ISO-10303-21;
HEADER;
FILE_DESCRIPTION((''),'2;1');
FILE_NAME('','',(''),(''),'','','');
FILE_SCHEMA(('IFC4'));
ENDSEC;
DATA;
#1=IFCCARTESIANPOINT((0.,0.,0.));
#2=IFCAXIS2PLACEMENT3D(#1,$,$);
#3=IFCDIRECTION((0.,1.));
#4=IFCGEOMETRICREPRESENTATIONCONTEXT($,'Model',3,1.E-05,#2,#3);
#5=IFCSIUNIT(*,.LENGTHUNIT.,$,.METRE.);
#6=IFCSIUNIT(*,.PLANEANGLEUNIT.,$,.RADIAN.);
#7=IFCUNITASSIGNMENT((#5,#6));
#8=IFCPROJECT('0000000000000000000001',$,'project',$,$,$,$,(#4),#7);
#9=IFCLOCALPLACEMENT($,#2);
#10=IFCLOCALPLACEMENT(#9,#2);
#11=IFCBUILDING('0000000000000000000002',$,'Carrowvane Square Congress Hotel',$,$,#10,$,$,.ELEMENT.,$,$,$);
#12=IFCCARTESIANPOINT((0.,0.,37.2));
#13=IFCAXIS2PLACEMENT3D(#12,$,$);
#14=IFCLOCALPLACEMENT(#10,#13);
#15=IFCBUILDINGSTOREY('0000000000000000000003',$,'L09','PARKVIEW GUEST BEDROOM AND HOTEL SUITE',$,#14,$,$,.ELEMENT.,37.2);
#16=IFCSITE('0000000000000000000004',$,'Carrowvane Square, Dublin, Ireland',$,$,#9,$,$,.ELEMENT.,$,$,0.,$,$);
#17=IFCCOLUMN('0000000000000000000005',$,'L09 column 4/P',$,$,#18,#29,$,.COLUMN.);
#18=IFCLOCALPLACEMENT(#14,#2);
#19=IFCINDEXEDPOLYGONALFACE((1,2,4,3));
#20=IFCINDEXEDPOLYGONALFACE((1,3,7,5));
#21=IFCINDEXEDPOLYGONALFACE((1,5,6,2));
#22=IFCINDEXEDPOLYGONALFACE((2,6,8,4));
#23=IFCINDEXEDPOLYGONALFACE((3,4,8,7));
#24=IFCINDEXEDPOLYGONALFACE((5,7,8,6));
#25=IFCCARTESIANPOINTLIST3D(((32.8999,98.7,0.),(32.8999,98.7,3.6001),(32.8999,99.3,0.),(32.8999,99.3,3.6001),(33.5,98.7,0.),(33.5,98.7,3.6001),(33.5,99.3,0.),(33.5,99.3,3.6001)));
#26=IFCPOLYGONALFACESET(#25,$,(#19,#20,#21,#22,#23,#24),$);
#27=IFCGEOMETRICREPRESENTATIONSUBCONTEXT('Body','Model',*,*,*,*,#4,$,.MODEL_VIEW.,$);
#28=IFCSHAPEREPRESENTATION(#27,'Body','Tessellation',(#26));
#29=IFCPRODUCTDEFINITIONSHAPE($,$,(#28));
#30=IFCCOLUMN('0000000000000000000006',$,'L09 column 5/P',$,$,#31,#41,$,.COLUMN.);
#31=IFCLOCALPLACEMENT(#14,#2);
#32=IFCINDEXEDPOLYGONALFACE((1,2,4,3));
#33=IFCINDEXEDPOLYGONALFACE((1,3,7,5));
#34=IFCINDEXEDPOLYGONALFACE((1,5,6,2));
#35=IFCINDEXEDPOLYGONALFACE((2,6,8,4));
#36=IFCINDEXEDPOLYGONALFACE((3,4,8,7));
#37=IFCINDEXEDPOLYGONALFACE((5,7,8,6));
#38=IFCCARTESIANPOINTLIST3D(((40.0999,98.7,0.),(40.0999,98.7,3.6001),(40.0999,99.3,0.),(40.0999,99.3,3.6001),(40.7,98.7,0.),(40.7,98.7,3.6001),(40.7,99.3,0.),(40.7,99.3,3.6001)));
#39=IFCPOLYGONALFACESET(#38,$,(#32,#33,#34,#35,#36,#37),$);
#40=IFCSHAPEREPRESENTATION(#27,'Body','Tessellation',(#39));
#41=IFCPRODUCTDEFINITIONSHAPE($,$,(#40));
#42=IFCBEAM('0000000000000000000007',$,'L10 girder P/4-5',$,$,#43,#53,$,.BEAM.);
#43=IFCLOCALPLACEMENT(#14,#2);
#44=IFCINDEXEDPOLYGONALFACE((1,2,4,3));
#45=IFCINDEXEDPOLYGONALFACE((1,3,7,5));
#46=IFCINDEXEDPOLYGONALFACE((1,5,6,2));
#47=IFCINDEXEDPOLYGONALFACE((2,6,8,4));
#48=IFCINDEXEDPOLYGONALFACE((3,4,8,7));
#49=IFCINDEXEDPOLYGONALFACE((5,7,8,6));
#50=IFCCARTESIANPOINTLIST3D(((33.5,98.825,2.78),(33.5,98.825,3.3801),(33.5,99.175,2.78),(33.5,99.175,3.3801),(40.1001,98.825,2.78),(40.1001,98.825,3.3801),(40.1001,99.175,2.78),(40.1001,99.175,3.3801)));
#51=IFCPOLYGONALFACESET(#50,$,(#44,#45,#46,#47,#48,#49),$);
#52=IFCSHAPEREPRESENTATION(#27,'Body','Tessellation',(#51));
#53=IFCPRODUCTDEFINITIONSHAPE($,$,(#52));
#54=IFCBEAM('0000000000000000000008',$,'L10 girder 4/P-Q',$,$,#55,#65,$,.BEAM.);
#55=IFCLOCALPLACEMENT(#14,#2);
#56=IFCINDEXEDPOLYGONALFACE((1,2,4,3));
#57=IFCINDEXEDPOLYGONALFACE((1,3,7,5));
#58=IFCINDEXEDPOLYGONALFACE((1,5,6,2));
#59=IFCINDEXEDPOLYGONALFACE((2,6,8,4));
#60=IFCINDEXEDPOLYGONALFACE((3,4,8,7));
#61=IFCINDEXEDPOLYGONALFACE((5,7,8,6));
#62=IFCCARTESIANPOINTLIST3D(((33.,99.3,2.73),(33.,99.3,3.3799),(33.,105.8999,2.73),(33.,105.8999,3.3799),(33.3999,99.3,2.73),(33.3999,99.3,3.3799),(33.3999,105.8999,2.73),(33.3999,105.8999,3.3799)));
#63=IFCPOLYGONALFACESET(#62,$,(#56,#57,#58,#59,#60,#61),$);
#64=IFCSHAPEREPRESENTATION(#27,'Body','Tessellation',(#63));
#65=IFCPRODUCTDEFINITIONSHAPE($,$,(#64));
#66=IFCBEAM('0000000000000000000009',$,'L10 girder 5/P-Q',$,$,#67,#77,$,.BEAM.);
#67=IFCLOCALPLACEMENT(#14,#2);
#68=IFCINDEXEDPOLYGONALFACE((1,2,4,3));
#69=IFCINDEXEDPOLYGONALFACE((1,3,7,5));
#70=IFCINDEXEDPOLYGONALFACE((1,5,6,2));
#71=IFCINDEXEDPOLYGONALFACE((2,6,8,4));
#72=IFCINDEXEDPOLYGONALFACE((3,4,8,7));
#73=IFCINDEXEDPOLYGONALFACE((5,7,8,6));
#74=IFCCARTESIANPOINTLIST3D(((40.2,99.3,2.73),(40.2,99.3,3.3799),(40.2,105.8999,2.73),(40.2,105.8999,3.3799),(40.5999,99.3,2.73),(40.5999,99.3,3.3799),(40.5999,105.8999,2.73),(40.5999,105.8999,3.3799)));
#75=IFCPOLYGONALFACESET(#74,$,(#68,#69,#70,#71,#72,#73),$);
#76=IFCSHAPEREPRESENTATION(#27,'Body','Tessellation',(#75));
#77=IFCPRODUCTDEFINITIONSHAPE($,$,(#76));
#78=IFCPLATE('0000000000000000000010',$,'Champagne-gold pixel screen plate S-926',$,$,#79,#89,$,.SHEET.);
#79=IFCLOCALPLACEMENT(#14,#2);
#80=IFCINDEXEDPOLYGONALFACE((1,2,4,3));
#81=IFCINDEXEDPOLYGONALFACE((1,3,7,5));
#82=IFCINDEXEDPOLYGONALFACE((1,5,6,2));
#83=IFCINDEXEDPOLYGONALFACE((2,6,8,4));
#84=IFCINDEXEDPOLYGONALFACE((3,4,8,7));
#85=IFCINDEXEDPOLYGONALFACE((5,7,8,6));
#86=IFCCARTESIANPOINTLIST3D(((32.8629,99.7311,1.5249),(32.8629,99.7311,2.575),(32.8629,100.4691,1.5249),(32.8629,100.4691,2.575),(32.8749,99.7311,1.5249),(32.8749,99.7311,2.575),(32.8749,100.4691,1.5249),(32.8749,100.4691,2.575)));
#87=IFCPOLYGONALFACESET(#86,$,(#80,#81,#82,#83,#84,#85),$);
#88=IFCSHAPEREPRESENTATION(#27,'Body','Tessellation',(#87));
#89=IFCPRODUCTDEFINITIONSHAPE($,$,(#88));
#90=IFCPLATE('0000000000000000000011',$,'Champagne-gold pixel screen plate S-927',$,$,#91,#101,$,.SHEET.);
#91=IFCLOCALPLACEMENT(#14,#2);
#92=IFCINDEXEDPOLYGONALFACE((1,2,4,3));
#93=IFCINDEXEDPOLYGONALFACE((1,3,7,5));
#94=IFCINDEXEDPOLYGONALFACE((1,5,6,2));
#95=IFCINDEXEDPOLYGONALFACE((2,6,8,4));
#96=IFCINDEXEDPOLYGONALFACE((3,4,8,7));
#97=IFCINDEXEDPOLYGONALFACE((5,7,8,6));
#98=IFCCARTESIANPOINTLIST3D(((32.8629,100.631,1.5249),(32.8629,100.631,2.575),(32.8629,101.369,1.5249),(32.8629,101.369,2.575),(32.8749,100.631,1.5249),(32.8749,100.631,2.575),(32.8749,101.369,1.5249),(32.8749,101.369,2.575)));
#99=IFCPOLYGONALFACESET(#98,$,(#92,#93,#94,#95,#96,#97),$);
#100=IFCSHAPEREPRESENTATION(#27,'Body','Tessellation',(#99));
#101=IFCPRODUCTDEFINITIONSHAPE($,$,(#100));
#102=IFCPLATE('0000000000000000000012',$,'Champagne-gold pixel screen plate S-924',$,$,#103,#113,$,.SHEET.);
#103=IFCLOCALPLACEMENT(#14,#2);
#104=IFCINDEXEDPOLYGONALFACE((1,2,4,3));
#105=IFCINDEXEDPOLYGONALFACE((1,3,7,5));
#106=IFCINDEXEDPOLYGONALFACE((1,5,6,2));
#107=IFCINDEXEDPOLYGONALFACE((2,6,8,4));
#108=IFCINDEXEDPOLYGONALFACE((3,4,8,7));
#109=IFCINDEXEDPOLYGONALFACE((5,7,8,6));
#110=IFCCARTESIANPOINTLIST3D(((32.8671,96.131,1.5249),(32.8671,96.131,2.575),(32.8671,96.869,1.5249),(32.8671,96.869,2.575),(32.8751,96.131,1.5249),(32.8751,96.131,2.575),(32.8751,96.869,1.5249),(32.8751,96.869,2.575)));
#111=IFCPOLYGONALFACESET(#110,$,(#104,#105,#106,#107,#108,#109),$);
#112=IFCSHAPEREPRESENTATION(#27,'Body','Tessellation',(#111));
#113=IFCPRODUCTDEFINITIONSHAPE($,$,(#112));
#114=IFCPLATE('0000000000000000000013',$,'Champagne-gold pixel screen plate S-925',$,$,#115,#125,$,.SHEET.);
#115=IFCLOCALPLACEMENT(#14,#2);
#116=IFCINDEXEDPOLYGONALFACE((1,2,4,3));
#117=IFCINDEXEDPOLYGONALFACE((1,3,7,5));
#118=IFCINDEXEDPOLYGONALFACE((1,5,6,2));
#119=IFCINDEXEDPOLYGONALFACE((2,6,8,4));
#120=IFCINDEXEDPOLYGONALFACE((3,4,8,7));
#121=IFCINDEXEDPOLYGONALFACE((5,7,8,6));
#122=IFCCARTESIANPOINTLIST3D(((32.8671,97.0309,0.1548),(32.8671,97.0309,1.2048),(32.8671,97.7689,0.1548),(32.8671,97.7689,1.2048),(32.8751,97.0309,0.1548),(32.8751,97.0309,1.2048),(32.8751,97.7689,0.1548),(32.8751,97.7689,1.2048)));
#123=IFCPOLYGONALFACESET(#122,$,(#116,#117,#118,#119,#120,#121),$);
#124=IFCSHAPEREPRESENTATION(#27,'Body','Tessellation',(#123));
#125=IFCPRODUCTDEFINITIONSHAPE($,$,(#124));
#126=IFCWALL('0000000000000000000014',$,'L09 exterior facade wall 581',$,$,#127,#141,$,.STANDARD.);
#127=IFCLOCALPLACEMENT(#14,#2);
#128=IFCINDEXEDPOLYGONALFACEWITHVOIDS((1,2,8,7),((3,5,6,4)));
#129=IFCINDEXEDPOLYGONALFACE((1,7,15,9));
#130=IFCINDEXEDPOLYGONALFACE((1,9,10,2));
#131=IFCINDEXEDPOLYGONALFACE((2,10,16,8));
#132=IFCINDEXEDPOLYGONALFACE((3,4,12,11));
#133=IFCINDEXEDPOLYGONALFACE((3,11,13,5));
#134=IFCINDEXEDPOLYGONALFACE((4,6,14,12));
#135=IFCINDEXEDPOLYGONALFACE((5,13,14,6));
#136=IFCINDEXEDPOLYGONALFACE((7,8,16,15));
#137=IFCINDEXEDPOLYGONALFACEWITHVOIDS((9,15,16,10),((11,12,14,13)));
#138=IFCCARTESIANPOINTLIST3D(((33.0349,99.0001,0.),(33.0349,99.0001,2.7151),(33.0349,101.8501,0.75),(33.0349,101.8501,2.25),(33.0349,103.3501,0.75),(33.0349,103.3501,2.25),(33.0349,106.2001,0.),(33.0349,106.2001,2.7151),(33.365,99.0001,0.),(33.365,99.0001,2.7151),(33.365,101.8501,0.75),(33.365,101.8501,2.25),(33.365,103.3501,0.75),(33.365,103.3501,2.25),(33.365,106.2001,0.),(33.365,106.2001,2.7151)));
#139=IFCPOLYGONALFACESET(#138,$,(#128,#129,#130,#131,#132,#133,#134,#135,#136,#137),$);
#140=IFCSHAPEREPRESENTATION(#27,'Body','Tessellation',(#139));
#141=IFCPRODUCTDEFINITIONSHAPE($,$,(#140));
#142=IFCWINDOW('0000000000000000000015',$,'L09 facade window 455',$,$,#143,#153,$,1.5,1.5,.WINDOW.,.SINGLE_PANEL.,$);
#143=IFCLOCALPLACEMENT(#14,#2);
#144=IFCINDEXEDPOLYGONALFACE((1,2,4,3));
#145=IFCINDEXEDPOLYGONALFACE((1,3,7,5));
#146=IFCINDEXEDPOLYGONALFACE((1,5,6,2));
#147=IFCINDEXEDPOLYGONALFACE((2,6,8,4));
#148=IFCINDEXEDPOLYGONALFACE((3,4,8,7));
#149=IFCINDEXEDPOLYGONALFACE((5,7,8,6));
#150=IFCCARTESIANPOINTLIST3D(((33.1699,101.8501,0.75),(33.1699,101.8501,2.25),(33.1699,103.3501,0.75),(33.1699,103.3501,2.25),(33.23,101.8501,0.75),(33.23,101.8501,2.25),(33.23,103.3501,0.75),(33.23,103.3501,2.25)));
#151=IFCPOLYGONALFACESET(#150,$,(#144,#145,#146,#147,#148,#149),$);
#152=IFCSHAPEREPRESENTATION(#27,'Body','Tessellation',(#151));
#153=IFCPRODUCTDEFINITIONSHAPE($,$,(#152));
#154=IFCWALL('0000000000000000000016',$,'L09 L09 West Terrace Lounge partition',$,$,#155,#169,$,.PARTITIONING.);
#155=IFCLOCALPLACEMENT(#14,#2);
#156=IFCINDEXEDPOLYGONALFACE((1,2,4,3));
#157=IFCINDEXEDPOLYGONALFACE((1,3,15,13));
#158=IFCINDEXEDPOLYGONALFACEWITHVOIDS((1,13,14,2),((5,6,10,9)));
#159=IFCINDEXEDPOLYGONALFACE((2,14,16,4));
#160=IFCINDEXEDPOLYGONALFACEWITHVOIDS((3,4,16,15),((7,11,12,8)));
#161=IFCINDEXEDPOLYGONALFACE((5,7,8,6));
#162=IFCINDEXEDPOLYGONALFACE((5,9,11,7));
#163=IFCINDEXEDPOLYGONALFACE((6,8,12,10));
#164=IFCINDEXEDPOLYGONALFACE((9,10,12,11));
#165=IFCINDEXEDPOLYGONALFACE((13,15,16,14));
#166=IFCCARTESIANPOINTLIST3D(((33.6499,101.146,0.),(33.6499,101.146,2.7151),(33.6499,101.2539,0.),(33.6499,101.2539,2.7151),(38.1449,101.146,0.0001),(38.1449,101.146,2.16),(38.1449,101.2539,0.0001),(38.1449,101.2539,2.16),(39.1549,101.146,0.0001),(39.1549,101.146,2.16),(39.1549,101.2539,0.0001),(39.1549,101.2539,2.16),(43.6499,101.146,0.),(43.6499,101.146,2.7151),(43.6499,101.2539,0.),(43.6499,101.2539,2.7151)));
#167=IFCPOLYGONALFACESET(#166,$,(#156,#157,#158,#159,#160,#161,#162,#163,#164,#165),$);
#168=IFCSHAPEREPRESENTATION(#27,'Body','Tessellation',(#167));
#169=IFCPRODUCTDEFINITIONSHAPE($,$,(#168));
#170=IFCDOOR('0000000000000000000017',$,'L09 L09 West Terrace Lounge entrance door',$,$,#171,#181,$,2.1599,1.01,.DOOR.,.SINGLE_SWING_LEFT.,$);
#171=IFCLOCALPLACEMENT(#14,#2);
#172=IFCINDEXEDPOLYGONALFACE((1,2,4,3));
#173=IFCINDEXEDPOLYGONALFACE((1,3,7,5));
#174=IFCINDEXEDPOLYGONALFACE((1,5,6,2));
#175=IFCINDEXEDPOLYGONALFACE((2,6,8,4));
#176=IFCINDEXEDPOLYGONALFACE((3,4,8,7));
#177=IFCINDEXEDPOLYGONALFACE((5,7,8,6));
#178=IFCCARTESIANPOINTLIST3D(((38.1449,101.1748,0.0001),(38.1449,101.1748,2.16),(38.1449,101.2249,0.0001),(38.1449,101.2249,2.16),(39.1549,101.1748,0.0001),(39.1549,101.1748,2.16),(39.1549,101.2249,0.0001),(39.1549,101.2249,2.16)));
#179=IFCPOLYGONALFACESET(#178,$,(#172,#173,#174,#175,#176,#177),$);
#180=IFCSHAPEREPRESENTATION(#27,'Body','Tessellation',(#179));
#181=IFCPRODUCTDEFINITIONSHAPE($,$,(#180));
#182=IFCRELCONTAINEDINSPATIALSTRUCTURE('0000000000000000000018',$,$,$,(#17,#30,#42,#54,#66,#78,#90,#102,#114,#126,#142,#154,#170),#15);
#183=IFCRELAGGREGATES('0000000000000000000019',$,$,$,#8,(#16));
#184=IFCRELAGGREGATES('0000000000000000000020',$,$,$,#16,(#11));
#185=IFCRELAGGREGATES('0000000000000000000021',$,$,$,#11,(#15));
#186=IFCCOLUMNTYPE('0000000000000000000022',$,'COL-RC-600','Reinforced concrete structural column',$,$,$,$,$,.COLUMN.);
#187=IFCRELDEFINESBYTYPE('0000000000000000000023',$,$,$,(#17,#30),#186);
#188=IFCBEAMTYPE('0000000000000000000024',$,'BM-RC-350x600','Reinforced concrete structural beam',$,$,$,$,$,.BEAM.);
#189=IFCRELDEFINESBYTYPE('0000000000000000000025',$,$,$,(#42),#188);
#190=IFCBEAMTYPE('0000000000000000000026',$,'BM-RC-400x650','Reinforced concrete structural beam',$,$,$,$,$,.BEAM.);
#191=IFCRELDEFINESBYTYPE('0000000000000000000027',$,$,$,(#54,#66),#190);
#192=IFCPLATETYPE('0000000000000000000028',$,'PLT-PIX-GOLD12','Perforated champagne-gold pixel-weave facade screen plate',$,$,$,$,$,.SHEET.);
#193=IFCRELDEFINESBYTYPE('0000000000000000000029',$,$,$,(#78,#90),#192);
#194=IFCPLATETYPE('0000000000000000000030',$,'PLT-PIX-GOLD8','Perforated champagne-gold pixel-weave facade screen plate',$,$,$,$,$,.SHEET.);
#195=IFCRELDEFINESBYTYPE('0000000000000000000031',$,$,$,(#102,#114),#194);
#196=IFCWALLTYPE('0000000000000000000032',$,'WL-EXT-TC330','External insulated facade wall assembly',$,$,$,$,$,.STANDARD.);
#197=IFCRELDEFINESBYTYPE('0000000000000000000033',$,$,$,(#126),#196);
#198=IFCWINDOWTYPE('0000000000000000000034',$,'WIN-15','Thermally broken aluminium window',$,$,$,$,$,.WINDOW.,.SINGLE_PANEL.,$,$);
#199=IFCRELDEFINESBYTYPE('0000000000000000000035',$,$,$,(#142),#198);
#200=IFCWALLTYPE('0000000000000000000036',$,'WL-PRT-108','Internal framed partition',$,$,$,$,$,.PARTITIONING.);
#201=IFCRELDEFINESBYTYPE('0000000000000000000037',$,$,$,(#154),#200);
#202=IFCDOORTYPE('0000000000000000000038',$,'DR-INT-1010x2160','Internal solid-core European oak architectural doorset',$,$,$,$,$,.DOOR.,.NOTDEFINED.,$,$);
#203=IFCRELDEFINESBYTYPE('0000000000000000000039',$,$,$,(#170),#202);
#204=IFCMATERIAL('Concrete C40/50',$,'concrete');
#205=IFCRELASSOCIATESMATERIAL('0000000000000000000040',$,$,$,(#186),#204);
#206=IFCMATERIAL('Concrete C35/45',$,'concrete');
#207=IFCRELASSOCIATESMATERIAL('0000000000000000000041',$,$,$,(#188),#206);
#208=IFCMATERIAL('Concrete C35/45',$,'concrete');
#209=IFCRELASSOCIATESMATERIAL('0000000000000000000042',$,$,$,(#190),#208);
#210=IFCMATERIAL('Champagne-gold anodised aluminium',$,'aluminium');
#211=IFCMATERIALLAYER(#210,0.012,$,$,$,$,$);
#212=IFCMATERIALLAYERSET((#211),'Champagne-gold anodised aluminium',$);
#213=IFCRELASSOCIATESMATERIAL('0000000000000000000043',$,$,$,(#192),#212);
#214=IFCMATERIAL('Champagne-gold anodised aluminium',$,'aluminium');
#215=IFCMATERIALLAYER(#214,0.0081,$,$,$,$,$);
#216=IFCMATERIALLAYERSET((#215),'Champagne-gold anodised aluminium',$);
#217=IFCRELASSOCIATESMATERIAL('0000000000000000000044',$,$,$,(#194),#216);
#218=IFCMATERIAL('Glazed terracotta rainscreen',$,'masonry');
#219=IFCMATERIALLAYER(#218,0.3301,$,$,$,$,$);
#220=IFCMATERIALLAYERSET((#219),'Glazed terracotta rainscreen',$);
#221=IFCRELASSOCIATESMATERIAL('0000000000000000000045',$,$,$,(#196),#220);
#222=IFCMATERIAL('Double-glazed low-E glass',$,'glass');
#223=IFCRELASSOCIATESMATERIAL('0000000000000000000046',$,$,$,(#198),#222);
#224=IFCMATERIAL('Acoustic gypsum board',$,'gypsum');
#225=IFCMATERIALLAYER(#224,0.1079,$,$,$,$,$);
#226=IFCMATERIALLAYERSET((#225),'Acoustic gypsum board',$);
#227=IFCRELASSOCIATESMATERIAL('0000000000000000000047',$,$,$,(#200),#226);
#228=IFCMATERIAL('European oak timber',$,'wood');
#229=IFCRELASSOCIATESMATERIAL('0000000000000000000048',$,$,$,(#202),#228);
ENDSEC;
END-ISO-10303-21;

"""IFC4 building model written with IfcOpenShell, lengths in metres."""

from ifc_helpers import new_model, si_unit, direction, frame, frame_2d, origin, origin_2d, place, context, subcontext, project, spatial, rectangle, extrude, material, layer, layer_set, material_profile, profile_set, type_object, element, fill, save


model = new_model("IFC4")

# Units and contexts
model_context = context("Model", 3, precision=1e-05, world=origin(), true_north=direction((0.0, 1.0)))
body_context = subcontext(model_context, "Body", "Model", "MODEL_VIEW")
ifc_project = project(units=[si_unit("LENGTHUNIT", "METRE"), si_unit("PLANEANGLEUNIT", "RADIAN")], contexts=[model_context])

# Site, building, storey
site_placement = place(None, origin())
site = spatial("IfcSite", under=ifc_project, at=site_placement, Name="Carrowvane Square, Dublin, Ireland", CompositionType="ELEMENT", RefElevation=0.0)
building_placement = place(site_placement, origin())
building = spatial("IfcBuilding", under=site, at=building_placement, Name="Carrowvane Square Congress Hotel", CompositionType="ELEMENT")
storey_placement = place(building_placement, frame((0.0, 0.0, 37.2)))
storey = spatial("IfcBuildingStorey", under=building, at=storey_placement, Name="L09", Description="PARKVIEW GUEST BEDROOM AND HOTEL SUITE", CompositionType="ELEMENT", Elevation=37.2)

# Columns
ifc_material_1 = material(Name="Concrete C40/50", Category="concrete")
ifc_material_profile_1 = material_profile(ifc_material_1, rectangle(XDim=0.6001, YDim=0.6001, at=origin_2d()), Name="RC 600x600")
ifc_profile_set_1 = profile_set([ifc_material_profile_1], Name="Concrete C40/50")
column_type = type_object("IfcColumnType", Name="COL-RC-600", Description="Reinforced concrete structural column", PredefinedType="COLUMN", material=ifc_profile_set_1)
for number, where, z_axis, x_axis, name in (
    (1, (33.2, 99.0, 0.0), (0.0, 0.0, 1.0), (1.0, 0.0, 0.0), "L09 column 4/P"),
    (2, (40.3999, 99.0, 0.0), (0.0, 0.0, 1.0), (1.0, 0.0, 0.0), "L09 column 5/P"),
):
    element("IfcColumn", number, at=place(storey_placement, frame(where, z_axis=z_axis, x_axis=x_axis)), inside=storey, type_object=column_type, Name=name, PredefinedType="COLUMN", context=body_context, shape_type="SweptSolid", body=[
        extrude(rectangle(XDim=0.6001, YDim=0.6001, at=origin_2d()), origin(), (0.0, 0.0, 1.0), 3.6001),
    ])

# Beams
ifc_material_2 = material(Name="Concrete C35/45", Category="concrete")
ifc_material_profile_2 = material_profile(ifc_material_2, rectangle(XDim=0.3501, YDim=0.6001, at=origin_2d()), Name="RC 350x600")
ifc_profile_set_2 = profile_set([ifc_material_profile_2], Name="Concrete C35/45")
beam_type_1 = type_object("IfcBeamType", Name="BM-RC-350x600", Description="Reinforced concrete structural beam", PredefinedType="BEAM", material=ifc_profile_set_2)
beam_placement = place(storey_placement, frame((33.5, 99.0, 3.0801), z_axis=(1.0, 0.0, 0.0), x_axis=(0.0, 1.0, 0.0)))
element("IfcBeam", 3, at=beam_placement, inside=storey, type_object=beam_type_1, Name="L10 girder P/4-5", PredefinedType="BEAM", context=body_context, shape_type="SweptSolid", body=[
    extrude(rectangle(XDim=0.3501, YDim=0.6001, at=origin_2d()), origin(), (0.0, 0.0, 1.0), 6.6001),
])
ifc_material_3 = material(Name="Concrete C35/45", Category="concrete")
ifc_material_profile_3 = material_profile(ifc_material_3, rectangle(XDim=0.3999, YDim=0.6499, at=origin_2d()), Name="RC 400x650")
ifc_profile_set_3 = profile_set([ifc_material_profile_3], Name="Concrete C35/45")
beam_type_2 = type_object("IfcBeamType", Name="BM-RC-400x650", Description="Reinforced concrete structural beam", PredefinedType="BEAM", material=ifc_profile_set_3)
for number, where, z_axis, x_axis, name in (
    (4, (33.2, 99.3, 3.0549), (0.0, 1.0, 0.0), (-1.0, 0.0, 0.0), "L10 girder 4/P-Q"),
    (5, (40.3999, 99.3, 3.0549), (0.0, 1.0, 0.0), (-1.0, 0.0, 0.0), "L10 girder 5/P-Q"),
):
    element("IfcBeam", number, at=place(storey_placement, frame(where, z_axis=z_axis, x_axis=x_axis)), inside=storey, type_object=beam_type_2, Name=name, PredefinedType="BEAM", context=body_context, shape_type="SweptSolid", body=[
        extrude(rectangle(XDim=0.3999, YDim=0.6499, at=origin_2d()), origin(), (0.0, 0.0, 1.0), 6.5999),
    ])

# Plates
ifc_material_4 = material(Name="Champagne-gold anodised aluminium", Category="aluminium")
ifc_layer_1 = layer(ifc_material_4, 0.012)
ifc_layer_set_1 = layer_set([ifc_layer_1], Name="Champagne-gold anodised aluminium")
plate_type_1 = type_object("IfcPlateType", Name="PLT-PIX-GOLD12", Description="Perforated champagne-gold pixel-weave facade screen plate", PredefinedType="SHEET", material=ifc_layer_set_1)
for number, where, z_axis, x_axis, name in (
    (6, (32.8689, 100.1001, 1.5249), (0.0, 0.0, 1.0), (0.0, 1.0, 0.0), "Champagne-gold pixel screen plate S-926"),
    (7, (32.8689, 101.0, 1.5249), (0.0, 0.0, 1.0), (0.0, 1.0, 0.0), "Champagne-gold pixel screen plate S-927"),
):
    element("IfcPlate", number, at=place(storey_placement, frame(where, z_axis=z_axis, x_axis=x_axis)), inside=storey, type_object=plate_type_1, Name=name, PredefinedType="SHEET", context=body_context, shape_type="SweptSolid", body=[
        extrude(rectangle(XDim=0.738, YDim=0.012, at=origin_2d()), origin(), (0.0, 0.0, 1.0), 1.05),
    ])
ifc_material_5 = material(Name="Champagne-gold anodised aluminium", Category="aluminium")
ifc_layer_2 = layer(ifc_material_5, 0.0081)
ifc_layer_set_2 = layer_set([ifc_layer_2], Name="Champagne-gold anodised aluminium")
plate_type_2 = type_object("IfcPlateType", Name="PLT-PIX-GOLD8", Description="Perforated champagne-gold pixel-weave facade screen plate", PredefinedType="SHEET", material=ifc_layer_set_2)
for number, where, z_axis, x_axis, name in (
    (8, (32.8711, 96.5, 1.5249), (0.0, 0.0, 1.0), (0.0, 1.0, 0.0), "Champagne-gold pixel screen plate S-924"),
    (9, (32.8711, 97.3999, 0.1548), (0.0, 0.0, 1.0), (0.0, 1.0, 0.0), "Champagne-gold pixel screen plate S-925"),
):
    element("IfcPlate", number, at=place(storey_placement, frame(where, z_axis=z_axis, x_axis=x_axis)), inside=storey, type_object=plate_type_2, Name=name, PredefinedType="SHEET", context=body_context, shape_type="SweptSolid", body=[
        extrude(rectangle(XDim=0.738, YDim=0.0081, at=origin_2d()), origin(), (0.0, 0.0, 1.0), 1.05),
    ])

# Wall, opening, window
ifc_material_6 = material(Name="Glazed terracotta rainscreen", Category="masonry")
ifc_layer_3 = layer(ifc_material_6, 0.3301)
ifc_layer_set_3 = layer_set([ifc_layer_3], Name="Glazed terracotta rainscreen")
wall_type_1 = type_object("IfcWallType", Name="WL-EXT-TC330", Description="External insulated facade wall assembly", PredefinedType="STANDARD", material=ifc_layer_set_3)
wall_1_placement = place(storey_placement, frame((33.2, 99.0, 0.0), z_axis=(0.0, 0.0, 1.0), x_axis=(0.0, 1.0, 0.0)))
wall_1 = element("IfcWall", 10, at=wall_1_placement, inside=storey, type_object=wall_type_1, Name="L09 exterior facade wall 581", PredefinedType="STANDARD", context=body_context, shape_type="SweptSolid", body=[
    extrude(rectangle(XDim=7.2, YDim=0.3301, at=frame_2d((3.6001, 0.0))), origin(), (0.0, 0.0, 1.0), 2.7151),
])
opening_1_placement = place(wall_1_placement, frame((2.8501, 0.0, 0.75)))
opening_1 = element("IfcOpeningElement", 11, at=opening_1_placement, cuts=wall_1, PredefinedType="OPENING", context=body_context, shape_type="SweptSolid", body=[
    extrude(rectangle(XDim=1.5, YDim=1.5, at=frame_2d((0.75, 0.75))), frame((0.0, 0.175, 0.0), z_axis=(0.0, -1.0, 0.0), x_axis=(1.0, 0.0, 0.0)), (0.0, 0.0, 1.0), 0.3501),
])
ifc_material_7 = material(Name="Double-glazed low-E glass", Category="glass")
window_type = type_object("IfcWindowType", Name="WIN-15", Description="Thermally broken aluminium window", PartitioningType="SINGLE_PANEL", PredefinedType="WINDOW", material=ifc_material_7)
window_placement = place(opening_1_placement, origin())
window = element("IfcWindow", 12, at=window_placement, inside=storey, type_object=window_type, Name="L09 facade window 455", OverallHeight=1.5, OverallWidth=1.5, PartitioningType="SINGLE_PANEL", PredefinedType="WINDOW", context=body_context, shape_type="SweptSolid", body=[
    extrude(rectangle(XDim=1.5, YDim=1.5, at=frame_2d((0.75, 0.75))), frame((0.0, 0.03, 0.0), z_axis=(0.0, -1.0, 0.0), x_axis=(1.0, 0.0, 0.0)), (0.0, 0.0, 1.0), 0.0601),
])
fill(opening_1, window)

# Wall, opening, door
ifc_material_8 = material(Name="Acoustic gypsum board", Category="gypsum")
ifc_layer_4 = layer(ifc_material_8, 0.1079)
ifc_layer_set_4 = layer_set([ifc_layer_4], Name="Acoustic gypsum board")
wall_type_2 = type_object("IfcWallType", Name="WL-PRT-108", Description="Internal framed partition", PredefinedType="PARTITIONING", material=ifc_layer_set_4)
wall_2_placement = place(storey_placement, frame((33.6499, 101.2, 0.0), z_axis=(0.0, 0.0, 1.0), x_axis=(1.0, 0.0, 0.0)))
wall_2 = element("IfcWall", 13, at=wall_2_placement, inside=storey, type_object=wall_type_2, Name="L09 L09 West Terrace Lounge partition", PredefinedType="PARTITIONING", context=body_context, shape_type="SweptSolid", body=[
    extrude(rectangle(XDim=10.0, YDim=0.1079, at=frame_2d((5.0, 0.0))), origin(), (0.0, 0.0, 1.0), 2.7151),
])
opening_2_placement = place(wall_2_placement, frame((4.4951, 0.0, 0.0)))
opening_2 = element("IfcOpeningElement", 14, at=opening_2_placement, cuts=wall_2, PredefinedType="OPENING", context=body_context, shape_type="SweptSolid", body=[
    extrude(rectangle(XDim=1.01, YDim=2.1599, at=frame_2d((0.5049, 1.0801))), frame((0.0, 0.064, 0.0), z_axis=(0.0, -1.0, 0.0), x_axis=(1.0, 0.0, 0.0)), (0.0, 0.0, 1.0), 0.1279),
])
ifc_material_9 = material(Name="European oak timber", Category="wood")
door_type = type_object("IfcDoorType", Name="DR-INT-1010x2160", Description="Internal solid-core European oak architectural doorset", OperationType="NOTDEFINED", PredefinedType="DOOR", material=ifc_material_9)
door_placement = place(opening_2_placement, origin())
door = element("IfcDoor", 15, at=door_placement, inside=storey, type_object=door_type, Name="L09 L09 West Terrace Lounge entrance door", OperationType="SINGLE_SWING_LEFT", OverallHeight=2.1599, OverallWidth=1.01, PredefinedType="DOOR", context=body_context, shape_type="SweptSolid", body=[
    extrude(rectangle(XDim=1.01, YDim=2.1599, at=frame_2d((0.5049, 1.0801))), frame((0.0, 0.0249, 0.0), z_axis=(0.0, -1.0, 0.0), x_axis=(1.0, 0.0, 0.0)), (0.0, 0.0, 1.0), 0.05),
])
fill(opening_2, door)

save(model, "model.ifc")
